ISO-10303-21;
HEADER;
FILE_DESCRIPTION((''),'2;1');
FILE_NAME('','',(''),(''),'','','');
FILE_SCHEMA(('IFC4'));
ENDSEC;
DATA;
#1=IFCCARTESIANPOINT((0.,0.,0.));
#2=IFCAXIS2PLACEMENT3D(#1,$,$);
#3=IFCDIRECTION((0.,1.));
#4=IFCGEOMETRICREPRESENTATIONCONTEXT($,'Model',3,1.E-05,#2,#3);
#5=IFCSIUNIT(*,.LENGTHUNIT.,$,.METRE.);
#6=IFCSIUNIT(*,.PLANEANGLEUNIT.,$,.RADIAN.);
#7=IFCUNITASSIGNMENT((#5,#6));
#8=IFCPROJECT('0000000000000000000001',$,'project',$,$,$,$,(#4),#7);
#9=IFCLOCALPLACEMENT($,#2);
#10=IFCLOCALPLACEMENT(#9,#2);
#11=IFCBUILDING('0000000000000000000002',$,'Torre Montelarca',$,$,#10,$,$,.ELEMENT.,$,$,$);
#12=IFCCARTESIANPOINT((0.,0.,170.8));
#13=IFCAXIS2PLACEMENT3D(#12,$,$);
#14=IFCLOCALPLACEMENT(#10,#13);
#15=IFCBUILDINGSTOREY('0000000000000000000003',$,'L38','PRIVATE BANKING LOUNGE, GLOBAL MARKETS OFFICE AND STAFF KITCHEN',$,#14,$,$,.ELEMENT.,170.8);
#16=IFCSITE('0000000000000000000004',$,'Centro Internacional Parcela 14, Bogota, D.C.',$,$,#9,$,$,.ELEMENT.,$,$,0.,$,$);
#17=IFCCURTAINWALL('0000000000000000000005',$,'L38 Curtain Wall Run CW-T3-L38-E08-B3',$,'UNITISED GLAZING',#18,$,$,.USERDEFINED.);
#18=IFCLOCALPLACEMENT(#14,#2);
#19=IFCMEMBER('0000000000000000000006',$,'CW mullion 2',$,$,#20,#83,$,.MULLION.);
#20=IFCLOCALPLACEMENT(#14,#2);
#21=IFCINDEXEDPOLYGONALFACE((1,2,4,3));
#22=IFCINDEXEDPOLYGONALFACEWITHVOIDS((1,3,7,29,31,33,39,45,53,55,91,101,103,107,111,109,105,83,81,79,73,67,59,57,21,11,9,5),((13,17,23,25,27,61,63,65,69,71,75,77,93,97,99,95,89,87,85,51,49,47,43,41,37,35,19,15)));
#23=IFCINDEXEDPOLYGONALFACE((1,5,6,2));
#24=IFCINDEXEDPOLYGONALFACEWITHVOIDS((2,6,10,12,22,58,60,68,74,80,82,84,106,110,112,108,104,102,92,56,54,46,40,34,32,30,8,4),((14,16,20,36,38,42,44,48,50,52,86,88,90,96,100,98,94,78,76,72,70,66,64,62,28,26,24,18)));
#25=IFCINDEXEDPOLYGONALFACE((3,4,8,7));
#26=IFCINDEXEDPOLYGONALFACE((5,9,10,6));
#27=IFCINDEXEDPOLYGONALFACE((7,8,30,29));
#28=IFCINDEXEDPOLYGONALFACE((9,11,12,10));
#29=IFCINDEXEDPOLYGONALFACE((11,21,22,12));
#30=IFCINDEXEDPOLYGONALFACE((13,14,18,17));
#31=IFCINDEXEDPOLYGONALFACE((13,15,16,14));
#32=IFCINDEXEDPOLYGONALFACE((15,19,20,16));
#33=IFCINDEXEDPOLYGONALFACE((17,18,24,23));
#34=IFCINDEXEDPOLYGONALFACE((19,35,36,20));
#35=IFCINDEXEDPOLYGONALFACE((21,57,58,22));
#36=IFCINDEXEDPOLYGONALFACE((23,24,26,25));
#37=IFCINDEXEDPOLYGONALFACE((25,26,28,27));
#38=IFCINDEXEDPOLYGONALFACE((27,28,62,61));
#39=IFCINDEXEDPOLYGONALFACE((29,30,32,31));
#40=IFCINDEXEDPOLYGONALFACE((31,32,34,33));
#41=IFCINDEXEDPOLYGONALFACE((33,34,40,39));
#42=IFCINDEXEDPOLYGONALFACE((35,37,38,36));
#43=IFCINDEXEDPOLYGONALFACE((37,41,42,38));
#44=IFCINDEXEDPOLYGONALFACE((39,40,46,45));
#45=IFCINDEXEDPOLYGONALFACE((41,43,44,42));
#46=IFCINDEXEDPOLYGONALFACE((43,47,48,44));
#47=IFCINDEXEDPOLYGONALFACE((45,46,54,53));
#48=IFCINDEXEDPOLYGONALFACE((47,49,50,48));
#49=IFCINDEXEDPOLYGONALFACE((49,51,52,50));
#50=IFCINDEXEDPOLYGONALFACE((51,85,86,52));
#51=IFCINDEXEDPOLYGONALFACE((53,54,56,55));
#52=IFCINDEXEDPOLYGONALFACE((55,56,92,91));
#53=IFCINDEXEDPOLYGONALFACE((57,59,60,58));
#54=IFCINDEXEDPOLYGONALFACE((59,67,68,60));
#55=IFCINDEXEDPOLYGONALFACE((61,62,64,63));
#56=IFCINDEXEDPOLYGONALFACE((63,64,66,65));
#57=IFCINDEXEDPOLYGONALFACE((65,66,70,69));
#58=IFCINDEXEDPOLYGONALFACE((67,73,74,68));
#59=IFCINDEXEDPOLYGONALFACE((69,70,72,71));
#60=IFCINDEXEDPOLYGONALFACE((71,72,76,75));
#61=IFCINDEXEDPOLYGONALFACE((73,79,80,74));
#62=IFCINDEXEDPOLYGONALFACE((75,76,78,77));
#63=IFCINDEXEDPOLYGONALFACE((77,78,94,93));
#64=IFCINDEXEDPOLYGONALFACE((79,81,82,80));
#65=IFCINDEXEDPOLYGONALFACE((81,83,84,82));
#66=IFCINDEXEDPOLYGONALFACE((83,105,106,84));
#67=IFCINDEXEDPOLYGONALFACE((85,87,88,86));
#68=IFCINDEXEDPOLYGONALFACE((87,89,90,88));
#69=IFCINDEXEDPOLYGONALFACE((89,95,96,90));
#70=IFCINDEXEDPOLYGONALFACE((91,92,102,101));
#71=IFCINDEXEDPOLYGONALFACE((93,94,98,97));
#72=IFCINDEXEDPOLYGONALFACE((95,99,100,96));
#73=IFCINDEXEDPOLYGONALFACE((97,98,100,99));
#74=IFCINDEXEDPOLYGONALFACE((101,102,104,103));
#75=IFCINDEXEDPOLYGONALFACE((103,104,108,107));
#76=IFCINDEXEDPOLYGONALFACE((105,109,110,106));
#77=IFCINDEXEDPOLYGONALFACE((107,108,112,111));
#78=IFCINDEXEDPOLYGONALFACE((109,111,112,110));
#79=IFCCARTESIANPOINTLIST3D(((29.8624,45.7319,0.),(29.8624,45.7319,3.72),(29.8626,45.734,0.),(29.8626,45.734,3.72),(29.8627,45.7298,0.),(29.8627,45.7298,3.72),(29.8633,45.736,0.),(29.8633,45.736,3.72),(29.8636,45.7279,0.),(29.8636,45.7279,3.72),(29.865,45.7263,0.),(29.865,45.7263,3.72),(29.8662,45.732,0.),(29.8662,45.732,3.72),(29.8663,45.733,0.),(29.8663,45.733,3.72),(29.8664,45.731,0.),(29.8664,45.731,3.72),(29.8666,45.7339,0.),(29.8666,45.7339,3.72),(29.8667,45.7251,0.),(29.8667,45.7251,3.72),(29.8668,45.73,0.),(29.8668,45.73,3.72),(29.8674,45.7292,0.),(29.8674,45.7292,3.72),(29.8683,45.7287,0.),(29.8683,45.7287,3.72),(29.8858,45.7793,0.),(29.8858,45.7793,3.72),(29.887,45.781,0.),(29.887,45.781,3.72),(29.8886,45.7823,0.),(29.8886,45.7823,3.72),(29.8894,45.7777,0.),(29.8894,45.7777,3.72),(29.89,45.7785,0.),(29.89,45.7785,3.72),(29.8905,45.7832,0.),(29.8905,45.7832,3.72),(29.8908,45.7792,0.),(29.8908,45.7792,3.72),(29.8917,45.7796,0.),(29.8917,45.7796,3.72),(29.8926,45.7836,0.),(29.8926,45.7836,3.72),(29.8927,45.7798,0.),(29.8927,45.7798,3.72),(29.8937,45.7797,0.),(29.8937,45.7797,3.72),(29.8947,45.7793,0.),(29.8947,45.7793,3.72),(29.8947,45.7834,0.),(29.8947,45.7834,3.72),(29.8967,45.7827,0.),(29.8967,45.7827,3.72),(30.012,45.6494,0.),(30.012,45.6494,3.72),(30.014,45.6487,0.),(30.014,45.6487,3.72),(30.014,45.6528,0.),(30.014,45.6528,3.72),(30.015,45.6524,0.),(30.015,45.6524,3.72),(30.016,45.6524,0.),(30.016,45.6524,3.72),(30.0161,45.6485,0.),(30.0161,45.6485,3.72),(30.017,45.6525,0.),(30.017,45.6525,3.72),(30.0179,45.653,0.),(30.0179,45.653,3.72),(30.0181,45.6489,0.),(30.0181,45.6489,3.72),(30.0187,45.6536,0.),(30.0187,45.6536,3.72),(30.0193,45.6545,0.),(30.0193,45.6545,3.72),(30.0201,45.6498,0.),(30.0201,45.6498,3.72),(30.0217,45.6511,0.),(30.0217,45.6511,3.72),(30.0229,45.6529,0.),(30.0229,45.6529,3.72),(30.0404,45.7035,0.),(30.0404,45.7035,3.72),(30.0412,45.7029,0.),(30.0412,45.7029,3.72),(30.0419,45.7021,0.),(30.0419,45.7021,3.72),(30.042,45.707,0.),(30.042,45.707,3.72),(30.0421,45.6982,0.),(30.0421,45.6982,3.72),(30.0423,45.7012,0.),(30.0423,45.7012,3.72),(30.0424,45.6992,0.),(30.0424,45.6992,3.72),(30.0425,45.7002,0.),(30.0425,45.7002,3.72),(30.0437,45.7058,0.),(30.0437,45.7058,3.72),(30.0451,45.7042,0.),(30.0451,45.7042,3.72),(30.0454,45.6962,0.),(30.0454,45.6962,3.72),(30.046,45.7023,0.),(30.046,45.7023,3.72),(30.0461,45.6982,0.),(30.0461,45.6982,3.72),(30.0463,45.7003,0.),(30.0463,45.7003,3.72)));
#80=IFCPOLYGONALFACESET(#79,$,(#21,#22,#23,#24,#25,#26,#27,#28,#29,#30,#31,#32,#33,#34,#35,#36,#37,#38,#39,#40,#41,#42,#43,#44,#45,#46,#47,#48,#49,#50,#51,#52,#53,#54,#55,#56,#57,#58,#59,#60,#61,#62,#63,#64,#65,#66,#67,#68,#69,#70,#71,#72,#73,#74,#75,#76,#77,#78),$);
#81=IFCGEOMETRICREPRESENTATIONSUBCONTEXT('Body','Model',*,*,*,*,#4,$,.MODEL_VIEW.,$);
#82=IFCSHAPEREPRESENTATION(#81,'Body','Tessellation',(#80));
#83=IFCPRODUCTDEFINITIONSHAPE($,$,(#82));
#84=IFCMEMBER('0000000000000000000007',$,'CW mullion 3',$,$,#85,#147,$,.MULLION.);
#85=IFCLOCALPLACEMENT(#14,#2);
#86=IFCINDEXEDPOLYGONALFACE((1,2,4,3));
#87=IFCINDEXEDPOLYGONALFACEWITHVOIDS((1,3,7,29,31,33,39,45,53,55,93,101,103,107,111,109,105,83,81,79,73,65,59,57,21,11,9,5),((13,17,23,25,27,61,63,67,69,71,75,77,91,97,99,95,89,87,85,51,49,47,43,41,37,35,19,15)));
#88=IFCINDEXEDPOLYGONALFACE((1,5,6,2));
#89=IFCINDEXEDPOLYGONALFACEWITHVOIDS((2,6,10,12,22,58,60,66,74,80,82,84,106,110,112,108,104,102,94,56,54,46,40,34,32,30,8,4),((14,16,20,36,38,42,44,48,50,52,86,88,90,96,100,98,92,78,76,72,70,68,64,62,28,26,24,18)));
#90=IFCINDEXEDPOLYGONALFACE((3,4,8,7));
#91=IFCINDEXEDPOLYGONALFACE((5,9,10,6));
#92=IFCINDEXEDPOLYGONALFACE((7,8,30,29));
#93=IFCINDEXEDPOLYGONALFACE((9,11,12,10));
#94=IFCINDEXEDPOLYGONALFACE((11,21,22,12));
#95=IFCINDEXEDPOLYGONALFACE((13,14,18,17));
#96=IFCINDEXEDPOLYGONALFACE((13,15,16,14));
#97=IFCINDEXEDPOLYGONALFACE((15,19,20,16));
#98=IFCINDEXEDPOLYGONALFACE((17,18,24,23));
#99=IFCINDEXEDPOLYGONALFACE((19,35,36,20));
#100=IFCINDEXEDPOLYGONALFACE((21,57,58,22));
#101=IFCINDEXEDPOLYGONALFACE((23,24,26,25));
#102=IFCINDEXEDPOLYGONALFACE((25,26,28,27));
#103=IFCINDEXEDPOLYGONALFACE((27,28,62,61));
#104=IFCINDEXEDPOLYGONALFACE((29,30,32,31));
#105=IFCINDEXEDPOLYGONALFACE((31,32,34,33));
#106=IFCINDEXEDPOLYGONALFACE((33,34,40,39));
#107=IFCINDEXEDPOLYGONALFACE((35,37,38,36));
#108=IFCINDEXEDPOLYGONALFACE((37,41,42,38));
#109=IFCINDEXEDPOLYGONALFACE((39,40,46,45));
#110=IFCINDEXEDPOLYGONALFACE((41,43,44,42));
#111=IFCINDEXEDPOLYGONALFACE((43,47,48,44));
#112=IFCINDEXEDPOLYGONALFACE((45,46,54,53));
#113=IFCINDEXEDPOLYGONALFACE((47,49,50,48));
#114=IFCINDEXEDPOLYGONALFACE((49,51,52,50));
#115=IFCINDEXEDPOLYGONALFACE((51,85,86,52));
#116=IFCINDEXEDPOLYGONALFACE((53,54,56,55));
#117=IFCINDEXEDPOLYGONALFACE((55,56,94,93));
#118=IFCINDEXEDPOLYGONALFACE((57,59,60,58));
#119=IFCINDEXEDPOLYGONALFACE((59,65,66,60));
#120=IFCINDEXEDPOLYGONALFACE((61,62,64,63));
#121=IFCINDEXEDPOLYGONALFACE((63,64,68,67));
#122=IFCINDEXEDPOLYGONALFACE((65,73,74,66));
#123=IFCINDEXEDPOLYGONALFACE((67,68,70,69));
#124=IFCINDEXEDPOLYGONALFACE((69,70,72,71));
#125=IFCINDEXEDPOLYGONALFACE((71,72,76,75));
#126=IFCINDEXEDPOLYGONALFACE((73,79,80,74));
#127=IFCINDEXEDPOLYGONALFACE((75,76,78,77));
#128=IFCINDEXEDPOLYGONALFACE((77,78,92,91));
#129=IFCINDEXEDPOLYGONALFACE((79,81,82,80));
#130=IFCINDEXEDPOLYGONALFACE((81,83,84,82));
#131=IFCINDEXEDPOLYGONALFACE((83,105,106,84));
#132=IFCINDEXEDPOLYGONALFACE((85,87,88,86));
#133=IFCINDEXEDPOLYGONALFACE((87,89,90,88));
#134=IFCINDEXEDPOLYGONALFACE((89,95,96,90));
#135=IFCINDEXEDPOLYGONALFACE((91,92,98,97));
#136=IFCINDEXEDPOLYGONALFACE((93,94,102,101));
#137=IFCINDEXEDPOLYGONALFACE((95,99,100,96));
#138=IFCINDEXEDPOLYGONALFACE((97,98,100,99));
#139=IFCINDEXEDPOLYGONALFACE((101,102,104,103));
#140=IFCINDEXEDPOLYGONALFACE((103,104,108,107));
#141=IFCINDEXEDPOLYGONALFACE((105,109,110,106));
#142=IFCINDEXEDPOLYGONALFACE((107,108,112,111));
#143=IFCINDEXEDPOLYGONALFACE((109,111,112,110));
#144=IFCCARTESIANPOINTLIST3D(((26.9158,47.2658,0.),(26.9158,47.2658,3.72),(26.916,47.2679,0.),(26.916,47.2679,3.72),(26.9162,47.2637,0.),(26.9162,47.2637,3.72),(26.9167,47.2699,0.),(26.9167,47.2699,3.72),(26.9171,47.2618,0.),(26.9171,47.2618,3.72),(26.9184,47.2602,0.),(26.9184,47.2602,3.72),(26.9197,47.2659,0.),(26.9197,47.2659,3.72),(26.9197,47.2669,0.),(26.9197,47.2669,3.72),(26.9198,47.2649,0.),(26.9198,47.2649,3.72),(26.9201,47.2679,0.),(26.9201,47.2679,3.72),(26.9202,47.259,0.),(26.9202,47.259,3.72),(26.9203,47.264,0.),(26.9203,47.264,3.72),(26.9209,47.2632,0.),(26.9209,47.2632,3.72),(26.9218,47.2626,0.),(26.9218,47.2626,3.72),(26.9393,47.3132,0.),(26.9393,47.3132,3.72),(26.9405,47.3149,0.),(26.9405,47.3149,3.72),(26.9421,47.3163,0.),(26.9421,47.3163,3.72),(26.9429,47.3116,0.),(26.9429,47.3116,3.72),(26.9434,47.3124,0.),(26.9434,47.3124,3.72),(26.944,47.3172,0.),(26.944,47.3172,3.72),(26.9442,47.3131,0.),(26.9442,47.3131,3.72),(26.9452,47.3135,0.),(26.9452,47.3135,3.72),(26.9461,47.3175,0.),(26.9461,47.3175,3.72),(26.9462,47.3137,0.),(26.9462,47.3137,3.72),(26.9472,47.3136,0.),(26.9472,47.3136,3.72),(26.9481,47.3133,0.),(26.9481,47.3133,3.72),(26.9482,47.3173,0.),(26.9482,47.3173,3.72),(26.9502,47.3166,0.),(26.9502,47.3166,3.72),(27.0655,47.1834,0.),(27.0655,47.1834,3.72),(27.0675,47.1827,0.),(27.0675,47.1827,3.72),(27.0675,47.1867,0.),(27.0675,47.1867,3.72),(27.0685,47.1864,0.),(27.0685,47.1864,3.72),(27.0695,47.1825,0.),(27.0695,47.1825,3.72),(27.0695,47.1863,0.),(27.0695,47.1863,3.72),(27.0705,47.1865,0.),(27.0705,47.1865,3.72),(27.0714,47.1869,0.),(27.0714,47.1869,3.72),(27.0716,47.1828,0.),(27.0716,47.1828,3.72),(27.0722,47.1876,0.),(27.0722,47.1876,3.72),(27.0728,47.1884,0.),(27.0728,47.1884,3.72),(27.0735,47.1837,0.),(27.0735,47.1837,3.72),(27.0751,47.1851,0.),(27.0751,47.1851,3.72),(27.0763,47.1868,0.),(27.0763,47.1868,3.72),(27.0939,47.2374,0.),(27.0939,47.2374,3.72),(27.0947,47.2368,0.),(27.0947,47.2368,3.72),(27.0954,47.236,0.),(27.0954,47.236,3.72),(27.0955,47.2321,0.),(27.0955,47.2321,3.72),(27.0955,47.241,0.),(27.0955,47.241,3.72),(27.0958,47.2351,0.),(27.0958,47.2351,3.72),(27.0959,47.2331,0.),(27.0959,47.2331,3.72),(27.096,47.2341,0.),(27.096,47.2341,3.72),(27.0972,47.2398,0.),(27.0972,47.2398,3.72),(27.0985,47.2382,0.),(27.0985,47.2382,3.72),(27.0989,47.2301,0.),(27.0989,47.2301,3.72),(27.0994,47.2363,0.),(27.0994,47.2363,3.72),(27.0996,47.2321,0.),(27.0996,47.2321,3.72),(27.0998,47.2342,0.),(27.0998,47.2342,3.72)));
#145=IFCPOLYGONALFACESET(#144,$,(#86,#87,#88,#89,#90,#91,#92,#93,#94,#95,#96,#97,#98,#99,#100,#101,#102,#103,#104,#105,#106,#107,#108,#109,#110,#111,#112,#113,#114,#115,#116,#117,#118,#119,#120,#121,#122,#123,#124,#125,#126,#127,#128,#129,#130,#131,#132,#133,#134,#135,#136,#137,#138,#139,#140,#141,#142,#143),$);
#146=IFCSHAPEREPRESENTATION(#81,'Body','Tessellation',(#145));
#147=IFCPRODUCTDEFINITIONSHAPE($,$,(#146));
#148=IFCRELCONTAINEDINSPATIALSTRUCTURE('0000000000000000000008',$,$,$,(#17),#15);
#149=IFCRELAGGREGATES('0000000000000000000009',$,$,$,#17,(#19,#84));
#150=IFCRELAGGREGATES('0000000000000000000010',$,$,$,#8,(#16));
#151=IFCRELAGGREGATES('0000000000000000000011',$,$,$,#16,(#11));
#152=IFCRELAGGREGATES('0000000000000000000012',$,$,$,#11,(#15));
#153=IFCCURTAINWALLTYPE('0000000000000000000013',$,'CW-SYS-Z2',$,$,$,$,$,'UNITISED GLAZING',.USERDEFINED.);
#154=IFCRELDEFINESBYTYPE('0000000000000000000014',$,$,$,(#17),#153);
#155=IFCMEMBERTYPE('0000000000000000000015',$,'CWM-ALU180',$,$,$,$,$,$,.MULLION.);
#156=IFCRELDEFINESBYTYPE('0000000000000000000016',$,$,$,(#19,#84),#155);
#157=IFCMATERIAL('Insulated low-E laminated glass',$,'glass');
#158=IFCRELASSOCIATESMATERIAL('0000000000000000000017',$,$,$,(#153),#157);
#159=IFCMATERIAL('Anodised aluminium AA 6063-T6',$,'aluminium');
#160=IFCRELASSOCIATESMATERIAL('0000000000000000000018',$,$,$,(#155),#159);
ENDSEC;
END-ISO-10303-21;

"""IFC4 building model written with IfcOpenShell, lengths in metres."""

from ifc_helpers import new_model, si_unit, direction, frame, origin, origin_2d, place, context, subcontext, project, spatial, hollow_rectangle, extrude, source, transform, mapped, material, material_profile, profile_set, type_object, element, aggregate, save


model = new_model("IFC4")

# Units and contexts
model_context = context("Model", 3, precision=1e-05, world=origin(), true_north=direction((0.0, 1.0)))
body_context = subcontext(model_context, "Body", "Model", "MODEL_VIEW")
ifc_project = project(units=[si_unit("LENGTHUNIT", "METRE"), si_unit("PLANEANGLEUNIT", "RADIAN")], contexts=[model_context])

# Site, building, storey
site_placement = place(None, origin())
site = spatial("IfcSite", under=ifc_project, at=site_placement, Name="Centro Internacional Parcela 14, Bogota, D.C.", CompositionType="ELEMENT", RefElevation=0.0)
building_placement = place(site_placement, origin())
building = spatial("IfcBuilding", under=site, at=building_placement, Name="Torre Montelarca", CompositionType="ELEMENT")
storey_placement = place(building_placement, frame((0.0, 0.0, 170.8)))
storey = spatial("IfcBuildingStorey", under=building, at=storey_placement, Name="L38", Description="PRIVATE BANKING LOUNGE, GLOBAL MARKETS OFFICE AND STAFF KITCHEN", CompositionType="ELEMENT", Elevation=170.8)

# Shared definitions
ifc_material_1 = material(Name="Insulated low-E laminated glass", Category="glass")
curtain_wall_type = type_object("IfcCurtainWallType", Name="CW-SYS-Z2", ElementType="UNITISED GLAZING", PredefinedType="USERDEFINED", material=ifc_material_1)
ifc_material_2 = material(Name="Anodised aluminium AA 6063-T6", Category="aluminium")
ifc_material_profile_1 = material_profile(ifc_material_2, hollow_rectangle(XDim=0.0649, YDim=0.1799, WallThickness=0.0039, InnerFilletRadius=0.0039, OuterFilletRadius=0.0081, at=origin_2d()), Name="ALU65X180X4", Category="aluminium")
ifc_profile_set_1 = profile_set([ifc_material_profile_1], Name="Anodised aluminium AA 6063-T6")
member_type_1 = type_object("IfcMemberType", Name="CWM-ALU180", PredefinedType="MULLION", material=ifc_profile_set_1)
shared_shape_1 = source(origin(), body_context, "Body", "SweptSolid", [
    extrude(hollow_rectangle(XDim=0.0649, YDim=0.1799, WallThickness=0.0039, InnerFilletRadius=0.0039, OuterFilletRadius=0.0081, at=origin_2d()), origin(), (0.0, 0.0, 1.0), 3.72),
])

# Curtain wall, members
curtain_wall_1_placement = place(storey_placement, origin())
curtain_wall_1 = element("IfcCurtainWall", 1, at=curtain_wall_1_placement, inside=storey, type_object=curtain_wall_type, Name="L38 Curtain Wall Run CW-T3-L38-E08-B3", ObjectType="UNITISED GLAZING", PredefinedType="USERDEFINED")
member_1_placement = place(storey_placement, frame((29.9543, 45.7161, 0.0), z_axis=(0.0, 0.0, 1.0), x_axis=(-0.461744, -0.887013, 0.0)))
member_1 = element("IfcMember", 2, at=member_1_placement, type_object=member_type_1, Name="CW mullion 2", PredefinedType="MULLION", context=body_context, shape_type="MappedRepresentation", body=[
    mapped(shared_shape_1, transform((0.0, 0.0, 0.0), scale=1.0)),
])
member_2_placement = place(storey_placement, frame((27.0078, 47.25, 0.0), z_axis=(0.0, 0.0, 1.0), x_axis=(-0.461744, -0.887013, 0.0)))
member_2 = element("IfcMember", 3, at=member_2_placement, type_object=member_type_1, Name="CW mullion 3", PredefinedType="MULLION", context=body_context, shape_type="MappedRepresentation", body=[
    mapped(shared_shape_1, transform((0.0, 0.0, 0.0), scale=1.0)),
])

aggregate(curtain_wall_1, [member_1, member_2])

save(model, "model.ifc")
